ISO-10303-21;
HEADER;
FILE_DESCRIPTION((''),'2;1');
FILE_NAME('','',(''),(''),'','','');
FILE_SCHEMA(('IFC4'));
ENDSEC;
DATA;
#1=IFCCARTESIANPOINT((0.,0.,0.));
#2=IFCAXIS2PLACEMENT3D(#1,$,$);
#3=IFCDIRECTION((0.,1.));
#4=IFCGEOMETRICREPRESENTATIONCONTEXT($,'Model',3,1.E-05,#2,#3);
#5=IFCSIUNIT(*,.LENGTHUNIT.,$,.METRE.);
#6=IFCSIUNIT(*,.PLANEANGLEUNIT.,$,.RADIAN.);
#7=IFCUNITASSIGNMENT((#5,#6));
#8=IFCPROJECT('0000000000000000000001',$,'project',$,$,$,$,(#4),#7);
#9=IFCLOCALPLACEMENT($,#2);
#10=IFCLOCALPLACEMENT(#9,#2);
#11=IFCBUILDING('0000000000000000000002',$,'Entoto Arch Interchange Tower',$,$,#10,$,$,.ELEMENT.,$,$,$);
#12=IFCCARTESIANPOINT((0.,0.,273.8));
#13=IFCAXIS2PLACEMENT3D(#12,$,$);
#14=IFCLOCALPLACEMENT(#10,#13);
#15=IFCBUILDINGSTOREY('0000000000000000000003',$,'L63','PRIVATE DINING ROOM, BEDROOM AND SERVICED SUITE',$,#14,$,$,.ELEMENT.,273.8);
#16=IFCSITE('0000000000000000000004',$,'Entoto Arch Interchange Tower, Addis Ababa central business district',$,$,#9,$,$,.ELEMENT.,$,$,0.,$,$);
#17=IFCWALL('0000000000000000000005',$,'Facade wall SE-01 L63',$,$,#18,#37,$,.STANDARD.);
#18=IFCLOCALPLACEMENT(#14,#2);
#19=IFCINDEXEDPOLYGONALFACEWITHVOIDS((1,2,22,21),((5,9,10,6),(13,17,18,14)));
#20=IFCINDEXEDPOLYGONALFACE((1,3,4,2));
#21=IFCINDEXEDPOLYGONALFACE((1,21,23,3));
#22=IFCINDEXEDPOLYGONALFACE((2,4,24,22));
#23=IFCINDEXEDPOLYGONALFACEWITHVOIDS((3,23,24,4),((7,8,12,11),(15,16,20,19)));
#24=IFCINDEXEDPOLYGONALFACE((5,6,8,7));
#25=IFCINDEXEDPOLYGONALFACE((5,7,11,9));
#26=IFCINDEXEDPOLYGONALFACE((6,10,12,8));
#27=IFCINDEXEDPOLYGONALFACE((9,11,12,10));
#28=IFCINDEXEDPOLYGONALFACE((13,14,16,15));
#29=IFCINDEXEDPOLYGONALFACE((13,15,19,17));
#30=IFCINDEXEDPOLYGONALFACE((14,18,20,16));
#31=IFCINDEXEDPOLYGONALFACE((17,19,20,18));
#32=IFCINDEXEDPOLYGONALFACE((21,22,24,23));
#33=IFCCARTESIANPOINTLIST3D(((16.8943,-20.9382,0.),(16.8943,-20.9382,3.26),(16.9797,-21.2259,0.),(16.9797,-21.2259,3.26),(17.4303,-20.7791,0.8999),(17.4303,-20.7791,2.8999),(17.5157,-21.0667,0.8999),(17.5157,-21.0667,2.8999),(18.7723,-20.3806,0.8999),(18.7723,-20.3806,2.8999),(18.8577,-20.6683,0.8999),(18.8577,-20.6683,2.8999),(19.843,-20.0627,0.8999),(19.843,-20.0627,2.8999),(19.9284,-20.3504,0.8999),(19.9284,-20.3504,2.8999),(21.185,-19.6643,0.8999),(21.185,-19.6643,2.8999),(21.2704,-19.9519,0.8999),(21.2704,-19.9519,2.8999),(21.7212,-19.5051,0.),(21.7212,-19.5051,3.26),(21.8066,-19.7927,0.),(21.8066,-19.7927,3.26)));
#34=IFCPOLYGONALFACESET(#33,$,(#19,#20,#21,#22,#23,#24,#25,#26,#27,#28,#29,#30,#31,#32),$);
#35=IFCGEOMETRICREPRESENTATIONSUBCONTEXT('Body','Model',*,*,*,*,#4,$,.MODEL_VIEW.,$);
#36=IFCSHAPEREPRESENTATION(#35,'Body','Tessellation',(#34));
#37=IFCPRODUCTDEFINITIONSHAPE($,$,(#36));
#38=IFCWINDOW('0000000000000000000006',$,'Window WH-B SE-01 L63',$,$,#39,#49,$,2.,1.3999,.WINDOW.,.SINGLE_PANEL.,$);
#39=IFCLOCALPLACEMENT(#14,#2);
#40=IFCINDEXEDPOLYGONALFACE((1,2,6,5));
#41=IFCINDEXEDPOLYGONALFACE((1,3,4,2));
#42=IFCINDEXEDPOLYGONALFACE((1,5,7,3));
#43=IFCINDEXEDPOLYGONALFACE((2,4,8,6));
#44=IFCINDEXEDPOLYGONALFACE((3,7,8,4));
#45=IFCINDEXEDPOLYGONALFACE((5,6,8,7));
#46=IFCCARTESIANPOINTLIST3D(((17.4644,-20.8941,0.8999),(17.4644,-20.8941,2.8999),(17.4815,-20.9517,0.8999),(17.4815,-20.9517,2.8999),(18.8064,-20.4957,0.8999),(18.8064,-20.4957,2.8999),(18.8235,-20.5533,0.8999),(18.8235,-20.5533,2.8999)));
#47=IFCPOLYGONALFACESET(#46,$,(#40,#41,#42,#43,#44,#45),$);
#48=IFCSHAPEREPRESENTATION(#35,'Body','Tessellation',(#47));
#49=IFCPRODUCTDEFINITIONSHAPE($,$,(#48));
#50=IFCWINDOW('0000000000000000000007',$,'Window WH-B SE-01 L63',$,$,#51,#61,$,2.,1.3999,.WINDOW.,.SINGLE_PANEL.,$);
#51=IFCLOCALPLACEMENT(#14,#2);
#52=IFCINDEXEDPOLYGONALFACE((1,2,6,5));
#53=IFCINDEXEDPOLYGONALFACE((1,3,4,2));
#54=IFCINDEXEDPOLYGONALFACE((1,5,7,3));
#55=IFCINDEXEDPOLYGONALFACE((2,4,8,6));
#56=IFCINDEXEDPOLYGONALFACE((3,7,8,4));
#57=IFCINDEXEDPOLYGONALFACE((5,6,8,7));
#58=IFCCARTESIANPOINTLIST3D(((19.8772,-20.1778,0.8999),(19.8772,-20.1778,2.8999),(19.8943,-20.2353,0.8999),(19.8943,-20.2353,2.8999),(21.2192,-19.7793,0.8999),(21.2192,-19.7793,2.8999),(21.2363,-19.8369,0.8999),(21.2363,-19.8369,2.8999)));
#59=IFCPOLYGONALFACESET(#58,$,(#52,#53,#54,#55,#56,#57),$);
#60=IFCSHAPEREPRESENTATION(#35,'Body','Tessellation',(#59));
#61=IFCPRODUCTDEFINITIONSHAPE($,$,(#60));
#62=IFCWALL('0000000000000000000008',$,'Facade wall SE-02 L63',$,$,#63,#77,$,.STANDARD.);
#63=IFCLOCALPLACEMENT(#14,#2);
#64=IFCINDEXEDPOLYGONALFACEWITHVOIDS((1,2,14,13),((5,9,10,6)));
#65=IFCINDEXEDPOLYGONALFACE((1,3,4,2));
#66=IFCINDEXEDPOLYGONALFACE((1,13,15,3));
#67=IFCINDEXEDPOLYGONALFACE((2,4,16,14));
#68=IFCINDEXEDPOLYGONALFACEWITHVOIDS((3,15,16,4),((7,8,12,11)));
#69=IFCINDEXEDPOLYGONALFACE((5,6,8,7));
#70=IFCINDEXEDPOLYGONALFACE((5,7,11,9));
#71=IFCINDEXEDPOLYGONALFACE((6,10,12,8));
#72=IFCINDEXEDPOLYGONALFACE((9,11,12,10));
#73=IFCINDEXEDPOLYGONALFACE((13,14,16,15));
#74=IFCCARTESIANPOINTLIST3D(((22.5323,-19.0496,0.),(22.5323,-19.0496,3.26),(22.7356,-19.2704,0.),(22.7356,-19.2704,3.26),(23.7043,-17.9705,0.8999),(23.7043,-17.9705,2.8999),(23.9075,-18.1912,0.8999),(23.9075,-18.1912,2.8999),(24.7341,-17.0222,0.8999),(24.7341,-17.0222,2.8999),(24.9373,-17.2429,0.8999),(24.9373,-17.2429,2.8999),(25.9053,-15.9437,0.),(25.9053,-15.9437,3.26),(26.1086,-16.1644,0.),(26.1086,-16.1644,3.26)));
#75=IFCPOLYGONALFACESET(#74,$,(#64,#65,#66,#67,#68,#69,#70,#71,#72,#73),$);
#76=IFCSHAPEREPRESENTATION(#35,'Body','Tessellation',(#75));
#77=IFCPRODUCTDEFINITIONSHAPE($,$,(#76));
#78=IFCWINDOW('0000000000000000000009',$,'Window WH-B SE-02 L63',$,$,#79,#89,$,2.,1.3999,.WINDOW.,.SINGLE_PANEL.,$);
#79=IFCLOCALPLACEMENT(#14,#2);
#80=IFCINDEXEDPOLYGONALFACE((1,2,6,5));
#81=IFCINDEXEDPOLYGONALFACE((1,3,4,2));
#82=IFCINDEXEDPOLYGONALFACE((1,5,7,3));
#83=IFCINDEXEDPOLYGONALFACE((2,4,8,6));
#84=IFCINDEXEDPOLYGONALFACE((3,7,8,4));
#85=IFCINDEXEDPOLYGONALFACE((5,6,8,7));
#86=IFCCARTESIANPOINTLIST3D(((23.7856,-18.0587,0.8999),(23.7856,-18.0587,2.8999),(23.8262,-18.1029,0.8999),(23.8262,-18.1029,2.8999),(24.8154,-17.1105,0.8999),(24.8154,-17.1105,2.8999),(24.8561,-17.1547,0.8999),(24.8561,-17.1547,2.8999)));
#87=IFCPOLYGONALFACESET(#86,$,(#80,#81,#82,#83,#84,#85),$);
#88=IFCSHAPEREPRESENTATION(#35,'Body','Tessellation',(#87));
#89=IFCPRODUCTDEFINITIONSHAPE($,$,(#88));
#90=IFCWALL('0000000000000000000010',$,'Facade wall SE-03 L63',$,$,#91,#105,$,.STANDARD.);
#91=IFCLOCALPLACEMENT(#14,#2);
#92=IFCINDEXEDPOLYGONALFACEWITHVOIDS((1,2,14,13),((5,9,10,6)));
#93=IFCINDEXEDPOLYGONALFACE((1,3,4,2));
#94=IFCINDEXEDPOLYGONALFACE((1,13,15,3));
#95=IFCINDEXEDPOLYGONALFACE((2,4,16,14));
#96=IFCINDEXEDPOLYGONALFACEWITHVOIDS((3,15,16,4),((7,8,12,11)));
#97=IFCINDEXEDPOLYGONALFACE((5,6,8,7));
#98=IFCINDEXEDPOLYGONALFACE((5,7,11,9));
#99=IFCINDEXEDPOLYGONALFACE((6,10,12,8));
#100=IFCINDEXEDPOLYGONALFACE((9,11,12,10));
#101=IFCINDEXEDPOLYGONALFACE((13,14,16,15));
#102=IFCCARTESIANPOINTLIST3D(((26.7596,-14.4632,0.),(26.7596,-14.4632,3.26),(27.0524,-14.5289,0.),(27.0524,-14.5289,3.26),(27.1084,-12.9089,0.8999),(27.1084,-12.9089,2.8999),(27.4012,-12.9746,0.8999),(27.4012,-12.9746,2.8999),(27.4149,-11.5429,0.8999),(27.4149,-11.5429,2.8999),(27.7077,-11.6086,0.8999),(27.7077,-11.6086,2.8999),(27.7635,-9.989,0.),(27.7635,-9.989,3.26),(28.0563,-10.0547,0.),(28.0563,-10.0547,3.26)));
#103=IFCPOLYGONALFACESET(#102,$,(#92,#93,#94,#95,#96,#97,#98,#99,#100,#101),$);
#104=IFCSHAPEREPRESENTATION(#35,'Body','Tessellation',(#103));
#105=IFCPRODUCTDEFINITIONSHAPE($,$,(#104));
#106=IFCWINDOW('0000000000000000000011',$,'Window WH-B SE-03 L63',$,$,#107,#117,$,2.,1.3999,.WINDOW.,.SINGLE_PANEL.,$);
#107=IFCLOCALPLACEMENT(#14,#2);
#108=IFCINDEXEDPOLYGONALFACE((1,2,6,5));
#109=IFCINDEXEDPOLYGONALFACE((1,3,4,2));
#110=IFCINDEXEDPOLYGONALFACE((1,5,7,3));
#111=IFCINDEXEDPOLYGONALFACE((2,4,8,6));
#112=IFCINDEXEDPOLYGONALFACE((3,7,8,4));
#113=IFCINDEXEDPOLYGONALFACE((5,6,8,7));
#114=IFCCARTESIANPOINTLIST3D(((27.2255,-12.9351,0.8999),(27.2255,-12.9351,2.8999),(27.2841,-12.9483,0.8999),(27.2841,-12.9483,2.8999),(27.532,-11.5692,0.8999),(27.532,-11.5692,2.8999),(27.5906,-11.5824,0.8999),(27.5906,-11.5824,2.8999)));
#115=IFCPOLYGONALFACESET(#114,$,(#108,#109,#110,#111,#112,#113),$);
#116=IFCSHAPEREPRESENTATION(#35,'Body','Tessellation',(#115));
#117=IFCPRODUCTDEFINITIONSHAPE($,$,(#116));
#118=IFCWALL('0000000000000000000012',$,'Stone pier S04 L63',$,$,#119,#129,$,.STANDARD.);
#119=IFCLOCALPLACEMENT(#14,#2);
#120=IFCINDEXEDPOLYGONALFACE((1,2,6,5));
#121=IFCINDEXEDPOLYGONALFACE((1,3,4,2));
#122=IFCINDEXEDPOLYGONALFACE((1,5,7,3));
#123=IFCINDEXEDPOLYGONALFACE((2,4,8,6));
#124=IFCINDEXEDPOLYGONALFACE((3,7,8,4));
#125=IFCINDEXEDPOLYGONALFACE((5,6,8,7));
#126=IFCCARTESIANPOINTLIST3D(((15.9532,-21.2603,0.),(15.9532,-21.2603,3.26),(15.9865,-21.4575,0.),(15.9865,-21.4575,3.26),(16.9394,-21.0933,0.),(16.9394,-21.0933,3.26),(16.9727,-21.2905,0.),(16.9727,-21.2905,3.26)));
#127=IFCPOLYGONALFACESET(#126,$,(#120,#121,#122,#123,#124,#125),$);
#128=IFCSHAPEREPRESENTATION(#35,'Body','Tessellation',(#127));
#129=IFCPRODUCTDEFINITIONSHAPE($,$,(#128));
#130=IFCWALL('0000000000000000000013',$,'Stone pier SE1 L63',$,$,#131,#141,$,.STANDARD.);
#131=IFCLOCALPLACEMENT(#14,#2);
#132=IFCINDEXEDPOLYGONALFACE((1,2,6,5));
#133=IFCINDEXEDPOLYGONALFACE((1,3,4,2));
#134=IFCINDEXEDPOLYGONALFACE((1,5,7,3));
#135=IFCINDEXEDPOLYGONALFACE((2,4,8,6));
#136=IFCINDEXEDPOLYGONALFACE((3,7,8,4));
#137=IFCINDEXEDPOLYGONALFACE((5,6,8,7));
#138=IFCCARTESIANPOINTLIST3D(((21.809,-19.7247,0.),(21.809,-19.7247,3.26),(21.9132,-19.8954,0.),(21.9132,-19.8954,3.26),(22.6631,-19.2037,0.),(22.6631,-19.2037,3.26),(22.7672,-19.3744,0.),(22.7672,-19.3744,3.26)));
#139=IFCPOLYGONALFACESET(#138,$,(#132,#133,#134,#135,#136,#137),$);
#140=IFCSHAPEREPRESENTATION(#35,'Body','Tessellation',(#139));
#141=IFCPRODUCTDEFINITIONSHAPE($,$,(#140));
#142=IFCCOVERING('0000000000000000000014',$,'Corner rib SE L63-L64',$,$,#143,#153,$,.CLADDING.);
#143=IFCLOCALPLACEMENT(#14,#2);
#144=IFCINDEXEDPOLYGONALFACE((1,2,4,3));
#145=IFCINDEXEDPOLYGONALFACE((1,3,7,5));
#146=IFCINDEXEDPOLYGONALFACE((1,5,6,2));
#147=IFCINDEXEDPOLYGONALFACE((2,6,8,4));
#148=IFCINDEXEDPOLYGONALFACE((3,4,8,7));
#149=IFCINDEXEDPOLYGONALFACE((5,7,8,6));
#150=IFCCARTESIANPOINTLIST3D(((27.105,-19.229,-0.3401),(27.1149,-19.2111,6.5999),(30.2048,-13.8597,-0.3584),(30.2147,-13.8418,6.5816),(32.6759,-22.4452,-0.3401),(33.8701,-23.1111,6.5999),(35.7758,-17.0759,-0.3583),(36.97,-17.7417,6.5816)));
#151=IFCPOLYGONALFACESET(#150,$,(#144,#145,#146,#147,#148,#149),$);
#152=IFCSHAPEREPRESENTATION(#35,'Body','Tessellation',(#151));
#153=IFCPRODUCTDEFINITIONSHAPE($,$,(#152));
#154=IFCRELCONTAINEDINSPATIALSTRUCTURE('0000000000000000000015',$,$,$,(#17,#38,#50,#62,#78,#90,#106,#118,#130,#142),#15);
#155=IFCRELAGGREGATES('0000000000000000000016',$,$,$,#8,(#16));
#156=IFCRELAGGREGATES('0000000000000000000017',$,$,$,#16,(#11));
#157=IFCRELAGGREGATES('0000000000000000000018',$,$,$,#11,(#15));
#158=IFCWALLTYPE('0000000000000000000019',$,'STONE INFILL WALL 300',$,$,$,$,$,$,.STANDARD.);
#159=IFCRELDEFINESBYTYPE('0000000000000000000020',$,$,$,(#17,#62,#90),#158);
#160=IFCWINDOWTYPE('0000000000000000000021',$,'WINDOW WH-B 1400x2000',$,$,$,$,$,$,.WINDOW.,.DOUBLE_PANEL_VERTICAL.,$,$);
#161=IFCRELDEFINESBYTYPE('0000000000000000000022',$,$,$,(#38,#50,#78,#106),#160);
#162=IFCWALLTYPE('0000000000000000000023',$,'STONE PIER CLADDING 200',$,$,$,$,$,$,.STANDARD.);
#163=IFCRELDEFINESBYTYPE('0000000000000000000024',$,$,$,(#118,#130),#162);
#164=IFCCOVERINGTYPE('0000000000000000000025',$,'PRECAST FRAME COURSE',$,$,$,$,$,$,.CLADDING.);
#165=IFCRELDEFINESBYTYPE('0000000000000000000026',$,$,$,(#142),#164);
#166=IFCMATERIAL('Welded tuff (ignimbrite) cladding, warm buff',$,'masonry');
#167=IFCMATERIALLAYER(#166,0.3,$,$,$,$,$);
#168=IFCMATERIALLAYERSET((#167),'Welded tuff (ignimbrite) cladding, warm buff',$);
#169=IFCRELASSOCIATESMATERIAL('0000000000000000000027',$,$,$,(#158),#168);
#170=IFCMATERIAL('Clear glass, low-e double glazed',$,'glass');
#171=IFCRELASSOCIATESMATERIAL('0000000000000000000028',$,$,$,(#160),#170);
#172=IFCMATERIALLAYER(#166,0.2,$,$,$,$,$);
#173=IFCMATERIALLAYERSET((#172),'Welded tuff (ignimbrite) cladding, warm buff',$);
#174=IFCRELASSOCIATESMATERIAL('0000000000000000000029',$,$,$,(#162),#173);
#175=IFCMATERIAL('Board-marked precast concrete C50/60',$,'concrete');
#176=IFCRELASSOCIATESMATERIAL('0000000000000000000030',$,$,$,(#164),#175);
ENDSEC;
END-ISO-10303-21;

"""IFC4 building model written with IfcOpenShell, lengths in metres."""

from ifc_helpers import new_model, si_unit, direction, frame, frame_2d, origin, place, context, subcontext, project, spatial, polyline, rectangle, outline, extrude, material, layer, layer_set, type_object, element, fill, save


model = new_model("IFC4")

# Units and contexts
model_context = context("Model", 3, precision=1e-05, world=origin(), true_north=direction((0.0, 1.0)))
body_context = subcontext(model_context, "Body", "Model", "MODEL_VIEW")
ifc_project = project(units=[si_unit("LENGTHUNIT", "METRE"), si_unit("PLANEANGLEUNIT", "RADIAN")], contexts=[model_context])

# Site, building, storey
site_placement = place(None, origin())
site = spatial("IfcSite", under=ifc_project, at=site_placement, Name="Entoto Arch Interchange Tower, Addis Ababa central business district", CompositionType="ELEMENT", RefElevation=0.0)
building_placement = place(site_placement, origin())
building = spatial("IfcBuilding", under=site, at=building_placement, Name="Entoto Arch Interchange Tower", CompositionType="ELEMENT")
storey_placement = place(building_placement, frame((0.0, 0.0, 273.8)))
storey = spatial("IfcBuildingStorey", under=building, at=storey_placement, Name="L63", Description="PRIVATE DINING ROOM, BEDROOM AND SERVICED SUITE", CompositionType="ELEMENT", Elevation=273.8)

# Wall, openings, windows
ifc_material_1 = material(Name="Welded tuff (ignimbrite) cladding, warm buff", Category="masonry")
ifc_layer_1 = layer(ifc_material_1, 0.3)
ifc_layer_set_1 = layer_set([ifc_layer_1], Name="Welded tuff (ignimbrite) cladding, warm buff")
wall_type_1 = type_object("IfcWallType", Name="STONE INFILL WALL 300", PredefinedType="STANDARD", material=ifc_layer_set_1)
ifc_material_2 = material(Name="Clear glass, low-e double glazed", Category="glass")
wall_1_placement = place(storey_placement, frame((16.937, -21.082, 0.0), z_axis=(0.0, 0.0, 1.0), x_axis=(0.95864, 0.28462, 0.0)))
wall_1 = element("IfcWall", 1, at=wall_1_placement, inside=storey, type_object=wall_type_1, Name="Facade wall SE-01 L63", PredefinedType="STANDARD", context=body_context, shape_type="SweptSolid", body=[
    extrude(rectangle(XDim=5.0352, YDim=0.3, at=frame_2d((2.5176, 0.0))), origin(), (0.0, 0.0, 1.0), 3.26),
])
opening_1_placement = place(wall_1_placement, frame((0.5591, 0.0, 0.8999)))
opening_1 = element("IfcOpeningElement", 2, at=opening_1_placement, cuts=wall_1, PredefinedType="OPENING", context=body_context, shape_type="SweptSolid", body=[
    extrude(rectangle(XDim=1.3999, YDim=2.0, at=frame_2d((0.7, 1.0))), frame((0.0, 0.1602, 0.0), z_axis=(0.0, -1.0, 0.0), x_axis=(1.0, 0.0, 0.0)), (0.0, 0.0, 1.0), 0.3201),
])
opening_2_placement = place(wall_1_placement, frame((3.0759, 0.0, 0.8999)))
opening_2 = element("IfcOpeningElement", 3, at=opening_2_placement, cuts=wall_1, PredefinedType="OPENING", context=body_context, shape_type="SweptSolid", body=[
    extrude(rectangle(XDim=1.3999, YDim=2.0, at=frame_2d((0.7, 1.0))), frame((0.0, 0.1602, 0.0), z_axis=(0.0, -1.0, 0.0), x_axis=(1.0, 0.0, 0.0)), (0.0, 0.0, 1.0), 0.3201),
])
window_type_1 = type_object("IfcWindowType", Name="WINDOW WH-B 1400x2000", PartitioningType="DOUBLE_PANEL_VERTICAL", PredefinedType="WINDOW", material=ifc_material_2)
window_1_placement = place(opening_1_placement, origin())
window_1 = element("IfcWindow", 4, at=window_1_placement, inside=storey, type_object=window_type_1, Name="Window WH-B SE-01 L63", OverallHeight=2.0, OverallWidth=1.3999, PartitioningType="SINGLE_PANEL", PredefinedType="WINDOW", context=body_context, shape_type="SweptSolid", body=[
    extrude(rectangle(XDim=1.3999, YDim=2.0, at=frame_2d((0.7, 1.0))), frame((0.0, 0.03, 0.0), z_axis=(0.0, -1.0, 0.0), x_axis=(1.0, 0.0, 0.0)), (0.0, 0.0, 1.0), 0.0601),
])
fill(opening_1, window_1)
window_2_placement = place(opening_2_placement, origin())
window_2 = element("IfcWindow", 5, at=window_2_placement, inside=storey, type_object=window_type_1, Name="Window WH-B SE-01 L63", OverallHeight=2.0, OverallWidth=1.3999, PartitioningType="SINGLE_PANEL", PredefinedType="WINDOW", context=body_context, shape_type="SweptSolid", body=[
    extrude(rectangle(XDim=1.3999, YDim=2.0, at=frame_2d((0.7, 1.0))), frame((0.0, 0.03, 0.0), z_axis=(0.0, -1.0, 0.0), x_axis=(1.0, 0.0, 0.0)), (0.0, 0.0, 1.0), 0.0601),
])
fill(opening_2, window_2)

# Walls, openings, windows
wall_2_placement = place(storey_placement, frame((22.634, -19.1599, 0.0), z_axis=(0.0, 0.0, 1.0), x_axis=(0.735632, 0.677382, 0.0)))
wall_2 = element("IfcWall", 6, at=wall_2_placement, inside=storey, type_object=wall_type_1, Name="Facade wall SE-02 L63", PredefinedType="STANDARD", context=body_context, shape_type="SweptSolid", body=[
    extrude(rectangle(XDim=4.5852, YDim=0.3, at=frame_2d((2.2925, 0.0))), origin(), (0.0, 0.0, 1.0), 3.26),
])
opening_3_placement = place(wall_2_placement, frame((1.593, 0.0, 0.8999)))
opening_3 = element("IfcOpeningElement", 7, at=opening_3_placement, cuts=wall_2, PredefinedType="OPENING", context=body_context, shape_type="SweptSolid", body=[
    extrude(rectangle(XDim=1.3999, YDim=2.0, at=frame_2d((0.7, 1.0))), frame((0.0, 0.1602, 0.0), z_axis=(0.0, -1.0, 0.0), x_axis=(1.0, 0.0, 0.0)), (0.0, 0.0, 1.0), 0.3201),
])
window_3_placement = place(opening_3_placement, origin())
window_3 = element("IfcWindow", 8, at=window_3_placement, inside=storey, type_object=window_type_1, Name="Window WH-B SE-02 L63", OverallHeight=2.0, OverallWidth=1.3999, PartitioningType="SINGLE_PANEL", PredefinedType="WINDOW", context=body_context, shape_type="SweptSolid", body=[
    extrude(rectangle(XDim=1.3999, YDim=2.0, at=frame_2d((0.7, 1.0))), frame((0.0, 0.03, 0.0), z_axis=(0.0, -1.0, 0.0), x_axis=(1.0, 0.0, 0.0)), (0.0, 0.0, 1.0), 0.0601),
])
fill(opening_3, window_3)
wall_3_placement = place(storey_placement, frame((26.906, -14.4961, 0.0), z_axis=(0.0, 0.0, 1.0), x_axis=(0.218937, 0.975739, 0.0)))
wall_3 = element("IfcWall", 9, at=wall_3_placement, inside=storey, type_object=wall_type_1, Name="Facade wall SE-03 L63", PredefinedType="STANDARD", context=body_context, shape_type="SweptSolid", body=[
    extrude(rectangle(XDim=4.5854, YDim=0.3, at=frame_2d((2.2927, 0.0))), origin(), (0.0, 0.0, 1.0), 3.26),
])
opening_4_placement = place(wall_3_placement, frame((1.593, 0.0, 0.8999)))
opening_4 = element("IfcOpeningElement", 10, at=opening_4_placement, cuts=wall_3, PredefinedType="OPENING", context=body_context, shape_type="SweptSolid", body=[
    extrude(rectangle(XDim=1.3999, YDim=2.0, at=frame_2d((0.7, 1.0))), frame((0.0, 0.1602, 0.0), z_axis=(0.0, -1.0, 0.0), x_axis=(1.0, 0.0, 0.0)), (0.0, 0.0, 1.0), 0.3201),
])
window_4_placement = place(opening_4_placement, origin())
window_4 = element("IfcWindow", 11, at=window_4_placement, inside=storey, type_object=window_type_1, Name="Window WH-B SE-03 L63", OverallHeight=2.0, OverallWidth=1.3999, PartitioningType="SINGLE_PANEL", PredefinedType="WINDOW", context=body_context, shape_type="SweptSolid", body=[
    extrude(rectangle(XDim=1.3999, YDim=2.0, at=frame_2d((0.7, 1.0))), frame((0.0, 0.03, 0.0), z_axis=(0.0, -1.0, 0.0), x_axis=(1.0, 0.0, 0.0)), (0.0, 0.0, 1.0), 0.0601),
])
fill(opening_4, window_4)

# Walls
ifc_layer_2 = layer(ifc_material_1, 0.2)
ifc_layer_set_2 = layer_set([ifc_layer_2], Name="Welded tuff (ignimbrite) cladding, warm buff")
wall_type_2 = type_object("IfcWallType", Name="STONE PIER CLADDING 200", PredefinedType="STANDARD", material=ifc_layer_set_2)
wall_4_placement = place(storey_placement, frame((15.97, -21.3589, 0.0), z_axis=(0.0, 0.0, 1.0), x_axis=(0.985962, 0.166971, 0.0)))
element("IfcWall", 12, at=wall_4_placement, inside=storey, type_object=wall_type_2, Name="Stone pier S04 L63", PredefinedType="STANDARD", context=body_context, shape_type="SweptSolid", body=[
    extrude(rectangle(XDim=1.0002, YDim=0.2, at=frame_2d((0.5, 0.0))), origin(), (0.0, 0.0, 1.0), 3.26),
])
wall_5_placement = place(storey_placement, frame((21.8611, -19.8101, 0.0), z_axis=(0.0, 0.0, 1.0), x_axis=(0.85368, 0.520798, 0.0)))
element("IfcWall", 13, at=wall_5_placement, inside=storey, type_object=wall_type_2, Name="Stone pier SE1 L63", PredefinedType="STANDARD", context=body_context, shape_type="SweptSolid", body=[
    extrude(rectangle(XDim=1.0005, YDim=0.2, at=frame_2d((0.5002, 0.0))), origin(), (0.0, 0.0, 1.0), 3.26),
])

# Covering
ifc_material_3 = material(Name="Board-marked precast concrete C50/60", Category="concrete")
covering_type = type_object("IfcCoveringType", Name="PRECAST FRAME COURSE", PredefinedType="CLADDING", material=ifc_material_3)
covering_placement = place(storey_placement, frame((27.105, -19.229, -0.3401), z_axis=(-0.499982, -0.866031, 0.002946), x_axis=(0.866035, -0.499984, 0.0)))
element("IfcCovering", 14, at=covering_placement, inside=storey, type_object=covering_type, Name="Corner rib SE L63-L64", PredefinedType="CLADDING", context=body_context, shape_type="SweptSolid", body=[
    extrude(outline(polyline([(0.0, 0.0), (6.4327, 0.0), (7.7998, 6.94), (-0.0004, 6.94), (0.0, 0.0)])), origin(), (0.0, 0.0, -1.0), 6.2),
])

save(model, "model.ifc")
